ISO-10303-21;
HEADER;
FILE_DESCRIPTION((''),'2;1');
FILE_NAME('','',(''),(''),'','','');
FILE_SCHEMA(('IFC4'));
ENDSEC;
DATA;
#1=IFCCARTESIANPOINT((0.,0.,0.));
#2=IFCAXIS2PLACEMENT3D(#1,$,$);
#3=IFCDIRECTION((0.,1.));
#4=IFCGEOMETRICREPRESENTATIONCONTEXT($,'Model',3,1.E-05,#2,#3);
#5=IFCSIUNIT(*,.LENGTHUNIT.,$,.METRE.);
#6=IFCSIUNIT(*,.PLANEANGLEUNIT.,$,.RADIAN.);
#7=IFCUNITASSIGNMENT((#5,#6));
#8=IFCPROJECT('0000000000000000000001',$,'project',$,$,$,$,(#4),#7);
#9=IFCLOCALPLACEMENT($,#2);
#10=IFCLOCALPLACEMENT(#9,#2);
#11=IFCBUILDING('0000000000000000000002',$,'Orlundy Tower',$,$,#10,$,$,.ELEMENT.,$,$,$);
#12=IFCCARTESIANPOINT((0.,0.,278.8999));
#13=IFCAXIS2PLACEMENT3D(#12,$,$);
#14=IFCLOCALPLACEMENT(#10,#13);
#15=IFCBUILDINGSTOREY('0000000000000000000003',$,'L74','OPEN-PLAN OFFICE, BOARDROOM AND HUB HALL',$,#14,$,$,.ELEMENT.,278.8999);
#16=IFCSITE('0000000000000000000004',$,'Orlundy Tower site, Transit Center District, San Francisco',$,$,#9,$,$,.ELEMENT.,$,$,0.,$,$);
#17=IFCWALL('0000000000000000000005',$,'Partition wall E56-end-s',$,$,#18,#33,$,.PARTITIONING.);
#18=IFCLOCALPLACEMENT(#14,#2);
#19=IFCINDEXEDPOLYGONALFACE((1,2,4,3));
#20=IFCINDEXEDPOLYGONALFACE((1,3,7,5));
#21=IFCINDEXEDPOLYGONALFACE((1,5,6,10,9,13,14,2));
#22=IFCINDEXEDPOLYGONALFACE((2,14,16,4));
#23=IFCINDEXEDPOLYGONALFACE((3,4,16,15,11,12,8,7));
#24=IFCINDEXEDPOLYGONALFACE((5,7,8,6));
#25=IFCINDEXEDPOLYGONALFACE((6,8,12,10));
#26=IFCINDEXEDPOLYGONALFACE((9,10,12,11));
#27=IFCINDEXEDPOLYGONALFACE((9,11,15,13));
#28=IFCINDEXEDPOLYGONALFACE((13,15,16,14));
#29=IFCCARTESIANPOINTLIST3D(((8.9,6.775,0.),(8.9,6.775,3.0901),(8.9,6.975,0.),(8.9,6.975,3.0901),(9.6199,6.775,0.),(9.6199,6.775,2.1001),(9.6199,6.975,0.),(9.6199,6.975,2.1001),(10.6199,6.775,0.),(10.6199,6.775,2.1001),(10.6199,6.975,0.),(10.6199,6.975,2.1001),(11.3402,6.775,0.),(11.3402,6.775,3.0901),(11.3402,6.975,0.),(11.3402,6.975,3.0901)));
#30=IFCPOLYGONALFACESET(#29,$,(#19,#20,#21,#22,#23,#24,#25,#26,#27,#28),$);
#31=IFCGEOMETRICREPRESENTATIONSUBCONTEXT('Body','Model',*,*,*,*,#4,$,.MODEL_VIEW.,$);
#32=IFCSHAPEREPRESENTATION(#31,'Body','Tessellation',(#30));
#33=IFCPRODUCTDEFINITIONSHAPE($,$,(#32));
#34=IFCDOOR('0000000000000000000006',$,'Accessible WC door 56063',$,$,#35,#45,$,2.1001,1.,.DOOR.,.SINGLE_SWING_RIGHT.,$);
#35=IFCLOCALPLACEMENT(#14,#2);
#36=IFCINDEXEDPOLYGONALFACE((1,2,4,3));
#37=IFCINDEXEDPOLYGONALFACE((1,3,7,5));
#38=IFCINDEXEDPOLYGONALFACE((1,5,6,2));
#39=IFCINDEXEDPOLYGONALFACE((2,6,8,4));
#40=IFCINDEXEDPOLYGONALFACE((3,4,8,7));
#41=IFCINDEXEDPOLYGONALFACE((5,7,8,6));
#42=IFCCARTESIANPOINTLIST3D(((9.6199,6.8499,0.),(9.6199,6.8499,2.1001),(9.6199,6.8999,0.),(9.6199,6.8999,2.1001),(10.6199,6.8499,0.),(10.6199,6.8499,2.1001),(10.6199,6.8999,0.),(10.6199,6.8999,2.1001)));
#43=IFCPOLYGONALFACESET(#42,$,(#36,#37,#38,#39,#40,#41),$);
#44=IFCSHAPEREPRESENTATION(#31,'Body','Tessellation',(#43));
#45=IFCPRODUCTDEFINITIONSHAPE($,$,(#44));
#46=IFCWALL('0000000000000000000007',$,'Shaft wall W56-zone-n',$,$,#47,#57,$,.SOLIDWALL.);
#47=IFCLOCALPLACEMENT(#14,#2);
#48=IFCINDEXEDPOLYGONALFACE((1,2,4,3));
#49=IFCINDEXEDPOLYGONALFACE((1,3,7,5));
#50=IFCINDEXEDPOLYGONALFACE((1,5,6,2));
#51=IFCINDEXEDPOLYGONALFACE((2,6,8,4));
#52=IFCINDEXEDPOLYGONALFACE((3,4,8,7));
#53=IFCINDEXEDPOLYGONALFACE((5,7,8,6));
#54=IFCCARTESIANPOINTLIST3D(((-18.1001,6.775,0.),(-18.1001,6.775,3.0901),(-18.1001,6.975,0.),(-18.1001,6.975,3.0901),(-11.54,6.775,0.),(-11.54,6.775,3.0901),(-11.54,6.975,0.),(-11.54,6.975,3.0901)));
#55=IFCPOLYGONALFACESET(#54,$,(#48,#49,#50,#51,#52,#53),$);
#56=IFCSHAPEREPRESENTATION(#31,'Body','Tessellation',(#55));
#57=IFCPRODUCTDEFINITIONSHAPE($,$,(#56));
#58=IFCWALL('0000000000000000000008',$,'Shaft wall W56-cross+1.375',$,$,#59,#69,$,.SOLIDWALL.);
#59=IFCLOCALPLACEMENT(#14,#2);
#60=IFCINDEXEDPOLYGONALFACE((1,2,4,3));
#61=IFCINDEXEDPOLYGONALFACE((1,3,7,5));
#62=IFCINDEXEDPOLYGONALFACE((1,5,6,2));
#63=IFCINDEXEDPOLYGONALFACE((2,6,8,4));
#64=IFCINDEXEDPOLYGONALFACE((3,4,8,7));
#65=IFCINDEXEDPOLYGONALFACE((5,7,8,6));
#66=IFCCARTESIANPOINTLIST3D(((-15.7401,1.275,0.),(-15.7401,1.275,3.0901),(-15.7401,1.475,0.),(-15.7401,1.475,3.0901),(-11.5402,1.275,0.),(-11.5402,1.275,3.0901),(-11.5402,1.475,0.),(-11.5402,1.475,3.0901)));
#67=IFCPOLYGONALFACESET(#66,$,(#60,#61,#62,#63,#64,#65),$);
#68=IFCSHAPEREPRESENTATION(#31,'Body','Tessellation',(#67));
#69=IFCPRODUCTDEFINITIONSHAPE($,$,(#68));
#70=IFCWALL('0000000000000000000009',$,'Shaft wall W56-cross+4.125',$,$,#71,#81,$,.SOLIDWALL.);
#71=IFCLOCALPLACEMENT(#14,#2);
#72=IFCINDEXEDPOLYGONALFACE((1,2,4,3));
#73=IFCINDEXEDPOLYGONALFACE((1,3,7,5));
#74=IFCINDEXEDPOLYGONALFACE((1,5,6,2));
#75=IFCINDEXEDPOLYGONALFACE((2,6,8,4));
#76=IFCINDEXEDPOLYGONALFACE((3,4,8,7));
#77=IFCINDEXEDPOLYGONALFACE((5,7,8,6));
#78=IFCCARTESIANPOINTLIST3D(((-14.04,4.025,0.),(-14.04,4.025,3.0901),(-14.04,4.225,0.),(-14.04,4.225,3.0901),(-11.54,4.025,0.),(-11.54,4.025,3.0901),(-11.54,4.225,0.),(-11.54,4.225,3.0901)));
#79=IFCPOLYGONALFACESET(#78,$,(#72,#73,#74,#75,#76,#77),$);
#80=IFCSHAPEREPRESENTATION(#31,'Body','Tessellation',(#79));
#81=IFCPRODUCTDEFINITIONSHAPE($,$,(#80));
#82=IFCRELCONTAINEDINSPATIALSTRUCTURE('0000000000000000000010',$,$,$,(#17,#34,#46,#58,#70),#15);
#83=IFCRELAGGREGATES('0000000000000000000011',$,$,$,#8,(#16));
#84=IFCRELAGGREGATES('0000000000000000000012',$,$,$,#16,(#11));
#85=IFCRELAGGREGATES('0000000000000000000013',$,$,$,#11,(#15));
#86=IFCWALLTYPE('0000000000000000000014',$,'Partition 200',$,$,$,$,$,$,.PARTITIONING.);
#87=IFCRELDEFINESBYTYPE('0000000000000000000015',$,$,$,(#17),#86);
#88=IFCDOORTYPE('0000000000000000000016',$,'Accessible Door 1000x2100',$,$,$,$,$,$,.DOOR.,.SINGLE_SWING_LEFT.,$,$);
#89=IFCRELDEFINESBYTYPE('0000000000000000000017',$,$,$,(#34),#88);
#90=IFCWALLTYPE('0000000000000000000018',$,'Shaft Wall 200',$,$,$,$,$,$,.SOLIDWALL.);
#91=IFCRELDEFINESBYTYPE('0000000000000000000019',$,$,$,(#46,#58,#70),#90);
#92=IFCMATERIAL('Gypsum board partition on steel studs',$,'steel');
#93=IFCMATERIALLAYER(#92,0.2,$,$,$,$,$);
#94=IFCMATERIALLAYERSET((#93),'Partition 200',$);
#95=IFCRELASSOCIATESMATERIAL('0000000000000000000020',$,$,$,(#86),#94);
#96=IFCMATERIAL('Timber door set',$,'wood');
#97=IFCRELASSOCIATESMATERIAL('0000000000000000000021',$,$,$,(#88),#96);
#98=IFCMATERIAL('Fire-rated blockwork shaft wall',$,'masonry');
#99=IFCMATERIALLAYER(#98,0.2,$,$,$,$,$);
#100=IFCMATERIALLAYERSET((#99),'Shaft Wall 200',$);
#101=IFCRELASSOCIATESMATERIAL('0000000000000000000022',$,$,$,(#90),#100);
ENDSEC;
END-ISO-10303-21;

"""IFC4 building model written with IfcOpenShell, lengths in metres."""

from ifc_helpers import new_model, si_unit, direction, frame, frame_2d, origin, place, context, subcontext, project, spatial, rectangle, extrude, material, layer, layer_set, type_object, element, fill, save


model = new_model("IFC4")

# Units and contexts
model_context = context("Model", 3, precision=1e-05, world=origin(), true_north=direction((0.0, 1.0)))
body_context = subcontext(model_context, "Body", "Model", "MODEL_VIEW")
ifc_project = project(units=[si_unit("LENGTHUNIT", "METRE"), si_unit("PLANEANGLEUNIT", "RADIAN")], contexts=[model_context])

# Site, building, storey
site_placement = place(None, origin())
site = spatial("IfcSite", under=ifc_project, at=site_placement, Name="Orlundy Tower site, Transit Center District, San Francisco", CompositionType="ELEMENT", RefElevation=0.0)
building_placement = place(site_placement, origin())
building = spatial("IfcBuilding", under=site, at=building_placement, Name="Orlundy Tower", CompositionType="ELEMENT")
storey_placement = place(building_placement, frame((0.0, 0.0, 278.8999)))
storey = spatial("IfcBuildingStorey", under=building, at=storey_placement, Name="L74", Description="OPEN-PLAN OFFICE, BOARDROOM AND HUB HALL", CompositionType="ELEMENT", Elevation=278.8999)

# Shared definitions
ifc_material_1 = material(Name="Gypsum board partition on steel studs", Category="steel")
ifc_layer_1 = layer(ifc_material_1, 0.2)
ifc_layer_set_1 = layer_set([ifc_layer_1], Name="Partition 200")
wall_type_1 = type_object("IfcWallType", Name="Partition 200", PredefinedType="PARTITIONING", material=ifc_layer_set_1)

# Wall, opening, door
wall_1_placement = place(storey_placement, frame((8.8999, 6.875, 0.0), z_axis=(0.0, 0.0, 1.0), x_axis=(1.0, 0.0, 0.0)))
wall_1 = element("IfcWall", 1, at=wall_1_placement, inside=storey, type_object=wall_type_1, Name="Partition wall E56-end-s", PredefinedType="PARTITIONING", context=body_context, shape_type="SweptSolid", body=[
    extrude(rectangle(XDim=2.4402, YDim=0.2, at=frame_2d((1.2202, 0.0))), origin(), (0.0, 0.0, 1.0), 3.0901),
])
opening_1_placement = place(wall_1_placement, frame((0.72, 0.0, 0.0)))
opening_1 = element("IfcOpeningElement", 2, at=opening_1_placement, cuts=wall_1, PredefinedType="OPENING", context=body_context, shape_type="SweptSolid", body=[
    extrude(rectangle(XDim=1.0, YDim=2.1001, at=frame_2d((0.5, 1.05))), frame((0.0, 0.1101, 0.0), z_axis=(0.0, -1.0, 0.0), x_axis=(1.0, 0.0, 0.0)), (0.0, 0.0, 1.0), 0.2202),
])
ifc_material_2 = material(Name="Timber door set", Category="wood")
door_type_1 = type_object("IfcDoorType", Name="Accessible Door 1000x2100", OperationType="SINGLE_SWING_LEFT", PredefinedType="DOOR", material=ifc_material_2)
door_1_placement = place(opening_1_placement, origin())
door_1 = element("IfcDoor", 3, at=door_1_placement, inside=storey, type_object=door_type_1, Name="Accessible WC door 56063", OperationType="SINGLE_SWING_RIGHT", OverallHeight=2.1001, OverallWidth=1.0, PredefinedType="DOOR", context=body_context, shape_type="SweptSolid", body=[
    extrude(rectangle(XDim=1.0, YDim=2.1001, at=frame_2d((0.5, 1.05))), frame((0.0, 0.0249, 0.0), z_axis=(0.0, -1.0, 0.0), x_axis=(1.0, 0.0, 0.0)), (0.0, 0.0, 1.0), 0.05),
])
fill(opening_1, door_1)

# Walls
ifc_material_3 = material(Name="Fire-rated blockwork shaft wall", Category="masonry")
ifc_layer_2 = layer(ifc_material_3, 0.2)
ifc_layer_set_2 = layer_set([ifc_layer_2], Name="Shaft Wall 200")
wall_type_2 = type_object("IfcWallType", Name="Shaft Wall 200", PredefinedType="SOLIDWALL", material=ifc_layer_set_2)
wall_2_placement = place(storey_placement, frame((-11.54, 6.875, 0.0), z_axis=(0.0, 0.0, 1.0), x_axis=(-1.0, 0.0, 0.0)))
element("IfcWall", 4, at=wall_2_placement, inside=storey, type_object=wall_type_2, Name="Shaft wall W56-zone-n", PredefinedType="SOLIDWALL", context=body_context, shape_type="SweptSolid", body=[
    extrude(rectangle(XDim=6.5601, YDim=0.2, at=frame_2d((3.28, 0.0))), origin(), (0.0, 0.0, 1.0), 3.0901),
])
wall_3_placement = place(storey_placement, frame((-11.54, 1.375, 0.0), z_axis=(0.0, 0.0, 1.0), x_axis=(-1.0, 0.0, 0.0)))
element("IfcWall", 5, at=wall_3_placement, inside=storey, type_object=wall_type_2, Name="Shaft wall W56-cross+1.375", PredefinedType="SOLIDWALL", context=body_context, shape_type="SweptSolid", body=[
    extrude(rectangle(XDim=4.2, YDim=0.2, at=frame_2d((2.1001, 0.0))), origin(), (0.0, 0.0, 1.0), 3.0901),
])
wall_4_placement = place(storey_placement, frame((-11.54, 4.125, 0.0), z_axis=(0.0, 0.0, 1.0), x_axis=(-1.0, 0.0, 0.0)))
element("IfcWall", 6, at=wall_4_placement, inside=storey, type_object=wall_type_2, Name="Shaft wall W56-cross+4.125", PredefinedType="SOLIDWALL", context=body_context, shape_type="SweptSolid", body=[
    extrude(rectangle(XDim=2.5, YDim=0.2, at=frame_2d((1.25, 0.0))), origin(), (0.0, 0.0, 1.0), 3.0901),
])

save(model, "model.ifc")
